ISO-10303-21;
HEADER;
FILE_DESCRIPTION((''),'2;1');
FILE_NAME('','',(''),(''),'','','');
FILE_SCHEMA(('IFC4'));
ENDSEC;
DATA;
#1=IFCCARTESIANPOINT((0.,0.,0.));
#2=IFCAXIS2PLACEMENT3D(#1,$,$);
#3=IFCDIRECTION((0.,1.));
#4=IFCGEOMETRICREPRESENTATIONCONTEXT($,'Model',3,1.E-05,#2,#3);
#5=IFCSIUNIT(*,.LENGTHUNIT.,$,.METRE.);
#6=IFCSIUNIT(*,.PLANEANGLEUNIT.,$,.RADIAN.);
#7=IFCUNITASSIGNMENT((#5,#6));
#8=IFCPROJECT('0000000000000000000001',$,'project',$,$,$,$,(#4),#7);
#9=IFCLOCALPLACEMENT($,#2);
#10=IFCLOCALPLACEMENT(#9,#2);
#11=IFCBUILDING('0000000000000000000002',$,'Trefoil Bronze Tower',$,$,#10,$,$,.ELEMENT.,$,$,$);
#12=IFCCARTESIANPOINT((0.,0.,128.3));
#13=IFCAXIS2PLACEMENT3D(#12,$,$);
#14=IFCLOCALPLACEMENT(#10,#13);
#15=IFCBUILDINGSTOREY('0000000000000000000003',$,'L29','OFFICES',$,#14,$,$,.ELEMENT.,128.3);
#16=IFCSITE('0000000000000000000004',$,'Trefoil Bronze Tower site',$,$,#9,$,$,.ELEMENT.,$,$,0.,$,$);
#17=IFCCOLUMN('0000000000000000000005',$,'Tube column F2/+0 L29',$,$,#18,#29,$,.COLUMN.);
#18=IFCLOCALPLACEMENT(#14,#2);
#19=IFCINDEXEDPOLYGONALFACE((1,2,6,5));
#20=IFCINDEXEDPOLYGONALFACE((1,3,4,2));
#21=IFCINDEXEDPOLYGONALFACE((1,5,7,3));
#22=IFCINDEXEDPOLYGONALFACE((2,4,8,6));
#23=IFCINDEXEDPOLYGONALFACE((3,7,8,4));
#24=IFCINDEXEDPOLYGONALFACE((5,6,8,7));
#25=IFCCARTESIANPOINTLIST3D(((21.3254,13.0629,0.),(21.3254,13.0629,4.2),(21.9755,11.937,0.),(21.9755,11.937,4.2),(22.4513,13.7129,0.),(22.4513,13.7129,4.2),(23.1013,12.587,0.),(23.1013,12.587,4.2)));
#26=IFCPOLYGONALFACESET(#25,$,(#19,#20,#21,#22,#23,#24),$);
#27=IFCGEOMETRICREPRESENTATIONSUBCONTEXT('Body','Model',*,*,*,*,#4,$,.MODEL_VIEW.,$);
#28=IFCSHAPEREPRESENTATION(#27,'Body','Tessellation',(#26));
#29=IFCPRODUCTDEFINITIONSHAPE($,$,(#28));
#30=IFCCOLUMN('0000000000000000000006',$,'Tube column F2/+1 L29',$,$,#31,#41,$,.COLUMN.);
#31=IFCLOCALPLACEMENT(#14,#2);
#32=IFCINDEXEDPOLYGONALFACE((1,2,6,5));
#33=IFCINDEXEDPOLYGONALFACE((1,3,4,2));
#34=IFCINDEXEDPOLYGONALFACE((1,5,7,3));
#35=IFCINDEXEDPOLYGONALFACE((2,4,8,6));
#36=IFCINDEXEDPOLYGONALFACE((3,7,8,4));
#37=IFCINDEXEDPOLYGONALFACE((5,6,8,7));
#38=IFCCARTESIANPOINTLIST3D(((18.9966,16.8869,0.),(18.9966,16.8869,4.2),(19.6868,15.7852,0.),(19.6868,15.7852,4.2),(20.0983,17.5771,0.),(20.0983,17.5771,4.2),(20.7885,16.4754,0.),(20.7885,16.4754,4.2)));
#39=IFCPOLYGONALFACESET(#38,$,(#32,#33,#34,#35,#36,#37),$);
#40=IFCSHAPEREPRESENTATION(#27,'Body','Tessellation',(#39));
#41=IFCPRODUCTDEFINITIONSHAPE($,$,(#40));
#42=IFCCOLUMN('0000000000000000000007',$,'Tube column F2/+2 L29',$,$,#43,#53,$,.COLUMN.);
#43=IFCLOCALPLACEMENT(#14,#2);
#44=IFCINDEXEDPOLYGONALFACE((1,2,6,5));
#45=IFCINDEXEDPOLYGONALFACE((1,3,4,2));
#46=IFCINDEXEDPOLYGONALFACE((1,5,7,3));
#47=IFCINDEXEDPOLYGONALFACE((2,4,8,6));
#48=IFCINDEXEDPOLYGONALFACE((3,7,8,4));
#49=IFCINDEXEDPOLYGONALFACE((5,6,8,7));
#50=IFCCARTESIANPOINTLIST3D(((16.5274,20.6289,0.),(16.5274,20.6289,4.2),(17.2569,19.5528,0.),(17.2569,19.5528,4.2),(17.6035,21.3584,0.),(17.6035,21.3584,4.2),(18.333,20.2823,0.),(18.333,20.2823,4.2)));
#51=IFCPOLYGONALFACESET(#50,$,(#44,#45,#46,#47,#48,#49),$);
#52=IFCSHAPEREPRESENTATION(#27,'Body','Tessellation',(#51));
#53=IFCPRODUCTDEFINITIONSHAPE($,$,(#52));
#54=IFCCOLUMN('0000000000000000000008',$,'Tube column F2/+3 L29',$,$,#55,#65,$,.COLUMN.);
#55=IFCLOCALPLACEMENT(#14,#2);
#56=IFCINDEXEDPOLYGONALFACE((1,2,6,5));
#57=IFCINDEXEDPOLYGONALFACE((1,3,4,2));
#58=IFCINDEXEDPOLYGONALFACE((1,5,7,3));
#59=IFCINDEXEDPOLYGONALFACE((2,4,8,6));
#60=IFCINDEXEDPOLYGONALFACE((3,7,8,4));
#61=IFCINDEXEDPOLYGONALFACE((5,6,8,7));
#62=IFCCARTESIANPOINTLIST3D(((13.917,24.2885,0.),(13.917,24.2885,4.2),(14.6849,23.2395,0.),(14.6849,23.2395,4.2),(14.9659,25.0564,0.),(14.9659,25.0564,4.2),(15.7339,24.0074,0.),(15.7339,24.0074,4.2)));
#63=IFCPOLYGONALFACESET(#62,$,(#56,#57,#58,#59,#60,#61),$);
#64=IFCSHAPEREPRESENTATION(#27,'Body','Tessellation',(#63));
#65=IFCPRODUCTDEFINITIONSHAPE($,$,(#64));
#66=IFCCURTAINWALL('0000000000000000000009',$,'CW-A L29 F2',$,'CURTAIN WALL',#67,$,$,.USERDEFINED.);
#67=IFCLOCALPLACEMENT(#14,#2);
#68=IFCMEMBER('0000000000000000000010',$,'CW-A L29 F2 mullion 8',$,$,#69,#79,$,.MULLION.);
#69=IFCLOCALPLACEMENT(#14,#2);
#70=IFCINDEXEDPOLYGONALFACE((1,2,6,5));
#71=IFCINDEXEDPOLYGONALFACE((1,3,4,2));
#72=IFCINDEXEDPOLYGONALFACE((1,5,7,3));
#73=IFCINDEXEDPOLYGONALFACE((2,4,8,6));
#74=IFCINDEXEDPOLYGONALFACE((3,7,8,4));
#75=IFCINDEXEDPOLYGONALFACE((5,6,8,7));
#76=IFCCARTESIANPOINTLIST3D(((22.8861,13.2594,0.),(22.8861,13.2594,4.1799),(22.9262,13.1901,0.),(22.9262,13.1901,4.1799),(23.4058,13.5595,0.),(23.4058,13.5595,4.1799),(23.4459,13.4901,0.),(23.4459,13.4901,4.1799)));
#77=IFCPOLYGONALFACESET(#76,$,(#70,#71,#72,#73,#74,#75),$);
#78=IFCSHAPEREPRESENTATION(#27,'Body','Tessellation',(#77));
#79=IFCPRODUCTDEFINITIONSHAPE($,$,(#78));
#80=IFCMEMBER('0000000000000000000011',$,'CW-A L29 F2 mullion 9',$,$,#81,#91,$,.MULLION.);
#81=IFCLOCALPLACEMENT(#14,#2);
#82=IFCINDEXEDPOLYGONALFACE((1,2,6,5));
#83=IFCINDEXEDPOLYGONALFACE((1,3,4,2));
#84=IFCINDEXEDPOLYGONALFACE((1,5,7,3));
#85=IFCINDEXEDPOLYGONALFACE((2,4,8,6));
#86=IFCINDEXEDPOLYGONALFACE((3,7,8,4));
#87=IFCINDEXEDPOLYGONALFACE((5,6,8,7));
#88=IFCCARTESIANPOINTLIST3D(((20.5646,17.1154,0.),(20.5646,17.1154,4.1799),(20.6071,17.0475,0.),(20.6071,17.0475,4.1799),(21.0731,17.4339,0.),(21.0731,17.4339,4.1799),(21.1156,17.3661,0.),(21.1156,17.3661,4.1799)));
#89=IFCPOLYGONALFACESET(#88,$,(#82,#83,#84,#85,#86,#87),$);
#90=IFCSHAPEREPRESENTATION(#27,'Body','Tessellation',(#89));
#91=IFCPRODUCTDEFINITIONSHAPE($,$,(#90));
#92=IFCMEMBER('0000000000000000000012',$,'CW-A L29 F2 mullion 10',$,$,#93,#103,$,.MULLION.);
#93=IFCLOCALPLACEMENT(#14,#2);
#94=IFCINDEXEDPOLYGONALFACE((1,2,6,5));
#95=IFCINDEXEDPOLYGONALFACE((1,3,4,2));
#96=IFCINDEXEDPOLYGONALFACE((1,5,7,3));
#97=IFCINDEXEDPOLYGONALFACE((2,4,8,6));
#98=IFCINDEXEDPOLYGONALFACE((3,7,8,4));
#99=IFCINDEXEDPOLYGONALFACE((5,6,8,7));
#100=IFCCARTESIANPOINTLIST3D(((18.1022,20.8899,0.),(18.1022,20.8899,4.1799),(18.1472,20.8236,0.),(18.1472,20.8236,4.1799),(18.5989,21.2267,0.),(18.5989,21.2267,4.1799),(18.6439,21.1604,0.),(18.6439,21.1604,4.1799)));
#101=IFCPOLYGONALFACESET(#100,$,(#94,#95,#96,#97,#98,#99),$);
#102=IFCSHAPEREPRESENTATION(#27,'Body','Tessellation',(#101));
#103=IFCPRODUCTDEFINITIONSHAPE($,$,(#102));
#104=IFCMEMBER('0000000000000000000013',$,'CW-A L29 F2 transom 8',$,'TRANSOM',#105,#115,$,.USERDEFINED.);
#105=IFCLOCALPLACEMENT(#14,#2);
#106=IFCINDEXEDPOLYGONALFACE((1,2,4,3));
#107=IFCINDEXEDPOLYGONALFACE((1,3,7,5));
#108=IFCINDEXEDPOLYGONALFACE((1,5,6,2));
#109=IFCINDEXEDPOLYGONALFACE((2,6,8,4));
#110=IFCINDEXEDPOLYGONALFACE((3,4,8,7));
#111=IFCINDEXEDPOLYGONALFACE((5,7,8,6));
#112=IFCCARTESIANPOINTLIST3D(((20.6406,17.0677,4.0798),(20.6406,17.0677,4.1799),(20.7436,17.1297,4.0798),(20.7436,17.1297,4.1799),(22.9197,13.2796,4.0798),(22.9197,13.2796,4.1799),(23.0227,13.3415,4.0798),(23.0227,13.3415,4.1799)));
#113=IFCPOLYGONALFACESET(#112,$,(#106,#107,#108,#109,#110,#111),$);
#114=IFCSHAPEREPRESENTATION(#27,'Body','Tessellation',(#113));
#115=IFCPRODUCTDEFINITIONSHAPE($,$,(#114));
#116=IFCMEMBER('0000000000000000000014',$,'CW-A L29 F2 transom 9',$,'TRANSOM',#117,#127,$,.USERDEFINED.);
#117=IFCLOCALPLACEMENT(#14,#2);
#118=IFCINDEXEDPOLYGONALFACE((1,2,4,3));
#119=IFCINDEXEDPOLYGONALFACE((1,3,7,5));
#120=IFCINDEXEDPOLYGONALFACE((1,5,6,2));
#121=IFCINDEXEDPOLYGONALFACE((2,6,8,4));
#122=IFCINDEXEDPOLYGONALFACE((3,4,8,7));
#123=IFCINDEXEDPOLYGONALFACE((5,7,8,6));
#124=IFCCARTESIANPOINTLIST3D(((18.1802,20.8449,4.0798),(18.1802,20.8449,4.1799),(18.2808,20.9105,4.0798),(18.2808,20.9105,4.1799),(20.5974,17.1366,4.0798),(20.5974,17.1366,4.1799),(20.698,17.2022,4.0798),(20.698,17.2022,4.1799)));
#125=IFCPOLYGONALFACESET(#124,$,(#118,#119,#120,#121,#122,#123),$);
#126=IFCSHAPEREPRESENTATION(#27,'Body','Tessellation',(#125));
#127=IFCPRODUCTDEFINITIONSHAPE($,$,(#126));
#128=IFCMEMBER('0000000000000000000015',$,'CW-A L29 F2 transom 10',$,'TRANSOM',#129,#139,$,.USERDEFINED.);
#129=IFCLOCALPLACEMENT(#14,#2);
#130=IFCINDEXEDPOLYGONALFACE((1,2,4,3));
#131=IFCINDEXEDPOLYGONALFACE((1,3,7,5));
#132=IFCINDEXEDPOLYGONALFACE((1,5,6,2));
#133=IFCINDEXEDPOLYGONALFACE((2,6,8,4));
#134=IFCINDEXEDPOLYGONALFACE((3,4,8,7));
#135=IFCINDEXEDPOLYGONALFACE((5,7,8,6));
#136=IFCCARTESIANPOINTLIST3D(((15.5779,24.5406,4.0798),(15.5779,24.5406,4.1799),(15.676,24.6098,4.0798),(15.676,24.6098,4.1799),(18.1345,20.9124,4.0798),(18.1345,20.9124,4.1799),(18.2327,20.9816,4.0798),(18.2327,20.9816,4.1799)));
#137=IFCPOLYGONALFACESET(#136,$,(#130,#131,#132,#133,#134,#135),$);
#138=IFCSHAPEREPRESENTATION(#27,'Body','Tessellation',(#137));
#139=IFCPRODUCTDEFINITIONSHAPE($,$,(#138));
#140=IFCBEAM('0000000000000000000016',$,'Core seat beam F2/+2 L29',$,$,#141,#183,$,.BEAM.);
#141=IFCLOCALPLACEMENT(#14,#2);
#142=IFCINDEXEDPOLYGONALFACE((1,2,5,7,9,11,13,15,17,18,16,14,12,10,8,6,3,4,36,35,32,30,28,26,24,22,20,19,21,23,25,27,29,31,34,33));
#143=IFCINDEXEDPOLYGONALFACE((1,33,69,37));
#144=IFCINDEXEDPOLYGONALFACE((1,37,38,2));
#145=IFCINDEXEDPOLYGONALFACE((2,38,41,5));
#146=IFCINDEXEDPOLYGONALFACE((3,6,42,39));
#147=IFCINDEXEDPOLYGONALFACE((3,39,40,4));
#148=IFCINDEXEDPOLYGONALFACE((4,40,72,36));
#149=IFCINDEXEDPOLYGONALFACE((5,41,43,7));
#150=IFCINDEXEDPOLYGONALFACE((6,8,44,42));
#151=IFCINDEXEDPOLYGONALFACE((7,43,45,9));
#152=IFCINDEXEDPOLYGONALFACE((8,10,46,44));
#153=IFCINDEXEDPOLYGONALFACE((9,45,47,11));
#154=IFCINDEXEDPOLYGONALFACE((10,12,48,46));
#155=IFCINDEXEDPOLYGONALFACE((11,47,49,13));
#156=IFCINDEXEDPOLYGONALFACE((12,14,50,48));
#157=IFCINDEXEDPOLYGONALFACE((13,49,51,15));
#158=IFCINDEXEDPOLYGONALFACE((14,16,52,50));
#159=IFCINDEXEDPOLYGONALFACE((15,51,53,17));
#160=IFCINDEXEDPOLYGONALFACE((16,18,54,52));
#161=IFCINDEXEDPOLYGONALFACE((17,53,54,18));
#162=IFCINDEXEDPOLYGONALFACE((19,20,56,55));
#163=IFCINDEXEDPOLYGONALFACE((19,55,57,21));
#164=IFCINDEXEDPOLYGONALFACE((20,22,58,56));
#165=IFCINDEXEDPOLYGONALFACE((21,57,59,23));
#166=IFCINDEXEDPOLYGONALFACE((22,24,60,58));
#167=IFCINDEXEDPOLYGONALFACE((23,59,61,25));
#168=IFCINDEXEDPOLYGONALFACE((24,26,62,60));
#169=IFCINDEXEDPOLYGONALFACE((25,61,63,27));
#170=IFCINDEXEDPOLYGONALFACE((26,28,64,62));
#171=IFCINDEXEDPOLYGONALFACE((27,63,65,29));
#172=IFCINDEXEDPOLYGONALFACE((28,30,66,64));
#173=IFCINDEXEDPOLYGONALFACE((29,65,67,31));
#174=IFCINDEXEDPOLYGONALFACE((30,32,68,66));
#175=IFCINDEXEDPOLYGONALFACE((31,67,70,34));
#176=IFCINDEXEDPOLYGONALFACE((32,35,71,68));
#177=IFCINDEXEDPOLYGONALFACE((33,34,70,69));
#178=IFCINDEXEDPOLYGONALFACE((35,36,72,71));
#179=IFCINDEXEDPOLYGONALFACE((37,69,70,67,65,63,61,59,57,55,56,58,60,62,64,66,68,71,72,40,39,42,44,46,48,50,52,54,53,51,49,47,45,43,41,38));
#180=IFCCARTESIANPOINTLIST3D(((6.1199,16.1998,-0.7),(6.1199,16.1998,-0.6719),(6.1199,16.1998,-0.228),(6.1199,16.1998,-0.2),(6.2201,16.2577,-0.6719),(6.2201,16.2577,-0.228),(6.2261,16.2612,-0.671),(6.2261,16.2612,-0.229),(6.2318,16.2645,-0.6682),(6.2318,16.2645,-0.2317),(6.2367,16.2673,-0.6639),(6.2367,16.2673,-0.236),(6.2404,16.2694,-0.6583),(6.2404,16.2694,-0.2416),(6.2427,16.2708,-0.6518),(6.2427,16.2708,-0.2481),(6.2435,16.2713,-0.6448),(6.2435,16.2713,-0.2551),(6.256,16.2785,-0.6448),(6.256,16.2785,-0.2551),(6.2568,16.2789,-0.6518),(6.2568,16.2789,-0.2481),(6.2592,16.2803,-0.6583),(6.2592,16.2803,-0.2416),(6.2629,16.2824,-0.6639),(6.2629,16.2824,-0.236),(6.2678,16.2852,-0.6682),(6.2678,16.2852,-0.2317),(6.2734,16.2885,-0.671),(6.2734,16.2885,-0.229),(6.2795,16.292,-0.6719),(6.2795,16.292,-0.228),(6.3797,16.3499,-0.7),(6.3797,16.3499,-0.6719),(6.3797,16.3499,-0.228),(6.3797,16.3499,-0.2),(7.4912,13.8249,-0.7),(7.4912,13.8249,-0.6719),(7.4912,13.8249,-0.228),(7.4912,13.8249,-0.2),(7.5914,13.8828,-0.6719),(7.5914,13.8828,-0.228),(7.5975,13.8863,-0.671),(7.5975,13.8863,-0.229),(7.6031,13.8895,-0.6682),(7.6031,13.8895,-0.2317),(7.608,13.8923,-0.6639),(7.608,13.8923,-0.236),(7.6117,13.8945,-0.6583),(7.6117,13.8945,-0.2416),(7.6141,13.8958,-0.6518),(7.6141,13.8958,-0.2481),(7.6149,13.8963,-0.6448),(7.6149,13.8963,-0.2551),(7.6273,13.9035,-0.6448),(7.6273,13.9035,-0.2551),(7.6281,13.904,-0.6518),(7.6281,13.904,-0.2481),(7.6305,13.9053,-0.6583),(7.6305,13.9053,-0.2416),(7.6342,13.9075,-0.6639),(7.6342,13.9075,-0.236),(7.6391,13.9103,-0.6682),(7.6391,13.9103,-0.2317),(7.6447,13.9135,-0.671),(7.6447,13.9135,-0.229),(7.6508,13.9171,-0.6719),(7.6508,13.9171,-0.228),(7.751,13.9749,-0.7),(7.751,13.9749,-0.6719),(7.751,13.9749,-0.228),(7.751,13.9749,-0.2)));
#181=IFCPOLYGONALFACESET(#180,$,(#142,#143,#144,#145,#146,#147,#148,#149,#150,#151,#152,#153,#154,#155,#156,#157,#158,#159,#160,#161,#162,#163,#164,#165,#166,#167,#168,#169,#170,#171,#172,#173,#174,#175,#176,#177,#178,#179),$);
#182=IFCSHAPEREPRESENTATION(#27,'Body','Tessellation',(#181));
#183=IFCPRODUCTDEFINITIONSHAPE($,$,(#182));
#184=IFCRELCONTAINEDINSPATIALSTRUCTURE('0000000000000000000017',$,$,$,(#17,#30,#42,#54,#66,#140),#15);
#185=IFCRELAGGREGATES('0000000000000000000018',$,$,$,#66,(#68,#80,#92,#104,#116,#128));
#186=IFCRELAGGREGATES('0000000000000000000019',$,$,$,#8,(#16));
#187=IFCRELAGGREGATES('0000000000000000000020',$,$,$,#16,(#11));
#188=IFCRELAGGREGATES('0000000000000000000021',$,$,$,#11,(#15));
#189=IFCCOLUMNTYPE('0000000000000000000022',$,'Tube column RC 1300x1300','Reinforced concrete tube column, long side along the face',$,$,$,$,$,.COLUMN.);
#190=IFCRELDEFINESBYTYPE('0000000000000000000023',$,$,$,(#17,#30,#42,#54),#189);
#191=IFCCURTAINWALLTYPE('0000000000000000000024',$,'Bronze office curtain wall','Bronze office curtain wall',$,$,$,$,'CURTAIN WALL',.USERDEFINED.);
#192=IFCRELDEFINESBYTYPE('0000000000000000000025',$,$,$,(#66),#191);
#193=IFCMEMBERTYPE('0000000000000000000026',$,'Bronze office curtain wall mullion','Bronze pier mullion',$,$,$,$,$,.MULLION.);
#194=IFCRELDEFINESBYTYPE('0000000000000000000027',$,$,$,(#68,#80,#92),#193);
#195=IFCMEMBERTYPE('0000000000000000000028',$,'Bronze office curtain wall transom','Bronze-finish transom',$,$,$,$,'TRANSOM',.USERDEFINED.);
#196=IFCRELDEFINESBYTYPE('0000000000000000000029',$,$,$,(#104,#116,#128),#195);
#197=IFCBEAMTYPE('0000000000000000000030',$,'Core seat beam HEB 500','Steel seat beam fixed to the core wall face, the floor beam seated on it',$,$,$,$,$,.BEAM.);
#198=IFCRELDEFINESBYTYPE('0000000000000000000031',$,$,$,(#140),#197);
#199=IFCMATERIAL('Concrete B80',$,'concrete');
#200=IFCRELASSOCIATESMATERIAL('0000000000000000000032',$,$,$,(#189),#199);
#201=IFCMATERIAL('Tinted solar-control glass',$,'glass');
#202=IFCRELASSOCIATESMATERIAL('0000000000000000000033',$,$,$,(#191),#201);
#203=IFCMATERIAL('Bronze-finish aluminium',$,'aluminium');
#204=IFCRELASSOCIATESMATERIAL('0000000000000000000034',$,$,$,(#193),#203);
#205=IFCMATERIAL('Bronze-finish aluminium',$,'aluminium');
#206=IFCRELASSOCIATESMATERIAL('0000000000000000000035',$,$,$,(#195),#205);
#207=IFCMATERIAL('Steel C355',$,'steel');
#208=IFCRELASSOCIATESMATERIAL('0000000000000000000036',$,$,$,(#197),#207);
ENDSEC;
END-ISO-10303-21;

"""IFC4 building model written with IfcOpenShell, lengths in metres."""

from ifc_helpers import new_model, si_unit, direction, frame, origin, origin_2d, place, context, subcontext, project, spatial, rectangle, i_section, extrude, material, material_profile, profile_set, type_object, element, aggregate, save


model = new_model("IFC4")

# Units and contexts
model_context = context("Model", 3, precision=1e-05, world=origin(), true_north=direction((0.0, 1.0)))
body_context = subcontext(model_context, "Body", "Model", "MODEL_VIEW")
ifc_project = project(units=[si_unit("LENGTHUNIT", "METRE"), si_unit("PLANEANGLEUNIT", "RADIAN")], contexts=[model_context])

# Site, building, storey
site_placement = place(None, origin())
site = spatial("IfcSite", under=ifc_project, at=site_placement, Name="Trefoil Bronze Tower site", CompositionType="ELEMENT", RefElevation=0.0)
building_placement = place(site_placement, origin())
building = spatial("IfcBuilding", under=site, at=building_placement, Name="Trefoil Bronze Tower", CompositionType="ELEMENT")
storey_placement = place(building_placement, frame((0.0, 0.0, 128.3)))
storey = spatial("IfcBuildingStorey", under=building, at=storey_placement, Name="L29", Description="OFFICES", CompositionType="ELEMENT", Elevation=128.3)

# Columns
ifc_material_1 = material(Name="Concrete B80", Category="concrete")
ifc_material_profile_1 = material_profile(ifc_material_1, rectangle(XDim=1.3, YDim=1.3, at=origin_2d()), Name="RC 1300x1300")
ifc_profile_set_1 = profile_set([ifc_material_profile_1], Name="Concrete B80")
column_type = type_object("IfcColumnType", Name="Tube column RC 1300x1300", Description="Reinforced concrete tube column, long side along the face", PredefinedType="COLUMN", material=ifc_profile_set_1)
for number, where, z_axis, x_axis, name in (
    (1, (22.2134, 12.825, 0.0), (0.0, 0.0, 1.0), (-0.5, 0.866025, 0.0), "Tube column F2/+0 L29"),
    (2, (19.8926, 16.6812, 0.0), (0.0, 0.0, 1.0), (-0.530893, 0.847439, 0.0), "Tube column F2/+1 L29"),
    (3, (17.4302, 20.4556, 0.0), (0.0, 0.0, 1.0), (-0.561136, 0.827724, 0.0), "Tube column F2/+2 L29"),
    (4, (14.8254, 24.1479, 0.0), (0.0, 0.0, 1.0), (-0.590723, 0.806875, 0.0), "Tube column F2/+3 L29"),
):
    element("IfcColumn", number, at=place(storey_placement, frame(where, z_axis=z_axis, x_axis=x_axis)), inside=storey, type_object=column_type, Name=name, PredefinedType="COLUMN", context=body_context, shape_type="SweptSolid", body=[
        extrude(rectangle(XDim=1.3, YDim=1.3, at=origin_2d()), origin(), (0.0, 0.0, 1.0), 4.2),
    ])

# Curtain wall, members
ifc_material_2 = material(Name="Tinted solar-control glass", Category="glass")
curtain_wall_type = type_object("IfcCurtainWallType", Name="Bronze office curtain wall", Description="Bronze office curtain wall", ElementType="CURTAIN WALL", PredefinedType="USERDEFINED", material=ifc_material_2)
curtain_wall_placement = place(storey_placement, origin())
curtain_wall = element("IfcCurtainWall", 5, at=curtain_wall_placement, inside=storey, type_object=curtain_wall_type, Name="CW-A L29 F2", ObjectType="CURTAIN WALL", PredefinedType="USERDEFINED")
ifc_material_3 = material(Name="Bronze-finish aluminium", Category="aluminium")
ifc_material_profile_2 = material_profile(ifc_material_3, rectangle(XDim=0.6001, YDim=0.0801, at=origin_2d()), Name="CW-A mullion")
ifc_profile_set_2 = profile_set([ifc_material_profile_2], Name="Bronze-finish aluminium")
member_type_1 = type_object("IfcMemberType", Name="Bronze office curtain wall mullion", Description="Bronze pier mullion", PredefinedType="MULLION", material=ifc_profile_set_2)
member_1_placement = place(storey_placement, frame((23.166, 13.3748, 0.0), z_axis=(0.0, 0.0, 1.0), x_axis=(-0.866025, -0.5, 0.0)))
member_1 = element("IfcMember", 6, at=member_1_placement, type_object=member_type_1, Name="CW-A L29 F2 mullion 8", PredefinedType="MULLION", context=body_context, shape_type="SweptSolid", body=[
    extrude(rectangle(XDim=0.6001, YDim=0.0801, at=origin_2d()), origin(), (0.0, 0.0, 1.0), 4.1799),
])
member_2_placement = place(storey_placement, frame((20.8401, 17.2407, 0.0), z_axis=(0.0, 0.0, 1.0), x_axis=(-0.847439, -0.530893, 0.0)))
member_2 = element("IfcMember", 7, at=member_2_placement, type_object=member_type_1, Name="CW-A L29 F2 mullion 9", PredefinedType="MULLION", context=body_context, shape_type="SweptSolid", body=[
    extrude(rectangle(XDim=0.6001, YDim=0.0801, at=origin_2d()), origin(), (0.0, 0.0, 1.0), 4.1799),
])
member_3_placement = place(storey_placement, frame((18.373, 21.0251, 0.0), z_axis=(0.0, 0.0, 1.0), x_axis=(-0.827724, -0.561136, 0.0)))
member_3 = element("IfcMember", 8, at=member_3_placement, type_object=member_type_1, Name="CW-A L29 F2 mullion 10", PredefinedType="MULLION", context=body_context, shape_type="SweptSolid", body=[
    extrude(rectangle(XDim=0.6001, YDim=0.0801, at=origin_2d()), origin(), (0.0, 0.0, 1.0), 4.1799),
])
ifc_material_4 = material(Name="Bronze-finish aluminium", Category="aluminium")
ifc_material_profile_3 = material_profile(ifc_material_4, rectangle(XDim=0.1201, YDim=0.1001, at=origin_2d()), Name="CW-A transom")
ifc_profile_set_3 = profile_set([ifc_material_profile_3], Name="Bronze-finish aluminium")
member_type_2 = type_object("IfcMemberType", Name="Bronze office curtain wall transom", Description="Bronze-finish transom", ElementType="TRANSOM", PredefinedType="USERDEFINED", material=ifc_profile_set_3)
member_4_placement = place(storey_placement, frame((22.9712, 13.3105, 4.1299), z_axis=(-0.515527, 0.856873, 0.0), x_axis=(-0.856873, -0.515527, 0.0)))
member_4 = element("IfcMember", 9, at=member_4_placement, type_object=member_type_2, Name="CW-A L29 F2 transom 8", ObjectType="TRANSOM", PredefinedType="USERDEFINED", context=body_context, shape_type="SweptSolid", body=[
    extrude(rectangle(XDim=0.1201, YDim=0.1001, at=origin_2d()), origin(), (0.0, 0.0, 1.0), 4.4209),
])
member_5_placement = place(storey_placement, frame((20.6477, 17.1694, 4.1299), z_axis=(-0.546079, 0.837733, 0.0), x_axis=(-0.837733, -0.546079, 0.0)))
member_5 = element("IfcMember", 10, at=member_5_placement, type_object=member_type_2, Name="CW-A L29 F2 transom 9", ObjectType="TRANSOM", PredefinedType="USERDEFINED", context=body_context, shape_type="SweptSolid", body=[
    extrude(rectangle(XDim=0.1201, YDim=0.1001, at=origin_2d()), origin(), (0.0, 0.0, 1.0), 4.4265),
])
member_6_placement = place(storey_placement, frame((18.1836, 20.947, 4.1299), z_axis=(-0.576018, 0.817437, 0.0), x_axis=(-0.817437, -0.576018, 0.0)))
member_6 = element("IfcMember", 11, at=member_6_placement, type_object=member_type_2, Name="CW-A L29 F2 transom 10", ObjectType="TRANSOM", PredefinedType="USERDEFINED", context=body_context, shape_type="SweptSolid", body=[
    extrude(rectangle(XDim=0.1201, YDim=0.1001, at=origin_2d()), origin(), (0.0, 0.0, 1.0), 4.4385),
])

# Beam
ifc_material_5 = material(Name="Steel C355", Category="steel")
ifc_material_profile_4 = material_profile(ifc_material_5, i_section(OverallWidth=0.3, OverallDepth=0.5, WebThickness=0.0144, FlangeThickness=0.0281, FilletRadius=0.0271, at=origin_2d()), Name="HEB 500")
ifc_profile_set_4 = profile_set([ifc_material_profile_4], Name="Steel C355")
beam_type_1 = type_object("IfcBeamType", Name="Core seat beam HEB 500", Description="Steel seat beam fixed to the core wall face, the floor beam seated on it", PredefinedType="BEAM", material=ifc_profile_set_4)
beam_1_placement = place(storey_placement, frame((7.6211, 13.8999, -0.45), z_axis=(-0.500036, 0.866005, 0.0), x_axis=(-0.866005, -0.500036, 0.0)))
element("IfcBeam", 12, at=beam_1_placement, inside=storey, type_object=beam_type_1, Name="Core seat beam F2/+2 L29", PredefinedType="BEAM", context=body_context, shape_type="SweptSolid", body=[
    extrude(i_section(OverallWidth=0.3, OverallDepth=0.5, WebThickness=0.0144, FlangeThickness=0.0281, FilletRadius=0.0271, at=origin_2d()), origin(), (0.0, 0.0, 1.0), 2.7424),
])

aggregate(curtain_wall, [member_1, member_2, member_3, member_4, member_5, member_6])

save(model, "model.ifc")
